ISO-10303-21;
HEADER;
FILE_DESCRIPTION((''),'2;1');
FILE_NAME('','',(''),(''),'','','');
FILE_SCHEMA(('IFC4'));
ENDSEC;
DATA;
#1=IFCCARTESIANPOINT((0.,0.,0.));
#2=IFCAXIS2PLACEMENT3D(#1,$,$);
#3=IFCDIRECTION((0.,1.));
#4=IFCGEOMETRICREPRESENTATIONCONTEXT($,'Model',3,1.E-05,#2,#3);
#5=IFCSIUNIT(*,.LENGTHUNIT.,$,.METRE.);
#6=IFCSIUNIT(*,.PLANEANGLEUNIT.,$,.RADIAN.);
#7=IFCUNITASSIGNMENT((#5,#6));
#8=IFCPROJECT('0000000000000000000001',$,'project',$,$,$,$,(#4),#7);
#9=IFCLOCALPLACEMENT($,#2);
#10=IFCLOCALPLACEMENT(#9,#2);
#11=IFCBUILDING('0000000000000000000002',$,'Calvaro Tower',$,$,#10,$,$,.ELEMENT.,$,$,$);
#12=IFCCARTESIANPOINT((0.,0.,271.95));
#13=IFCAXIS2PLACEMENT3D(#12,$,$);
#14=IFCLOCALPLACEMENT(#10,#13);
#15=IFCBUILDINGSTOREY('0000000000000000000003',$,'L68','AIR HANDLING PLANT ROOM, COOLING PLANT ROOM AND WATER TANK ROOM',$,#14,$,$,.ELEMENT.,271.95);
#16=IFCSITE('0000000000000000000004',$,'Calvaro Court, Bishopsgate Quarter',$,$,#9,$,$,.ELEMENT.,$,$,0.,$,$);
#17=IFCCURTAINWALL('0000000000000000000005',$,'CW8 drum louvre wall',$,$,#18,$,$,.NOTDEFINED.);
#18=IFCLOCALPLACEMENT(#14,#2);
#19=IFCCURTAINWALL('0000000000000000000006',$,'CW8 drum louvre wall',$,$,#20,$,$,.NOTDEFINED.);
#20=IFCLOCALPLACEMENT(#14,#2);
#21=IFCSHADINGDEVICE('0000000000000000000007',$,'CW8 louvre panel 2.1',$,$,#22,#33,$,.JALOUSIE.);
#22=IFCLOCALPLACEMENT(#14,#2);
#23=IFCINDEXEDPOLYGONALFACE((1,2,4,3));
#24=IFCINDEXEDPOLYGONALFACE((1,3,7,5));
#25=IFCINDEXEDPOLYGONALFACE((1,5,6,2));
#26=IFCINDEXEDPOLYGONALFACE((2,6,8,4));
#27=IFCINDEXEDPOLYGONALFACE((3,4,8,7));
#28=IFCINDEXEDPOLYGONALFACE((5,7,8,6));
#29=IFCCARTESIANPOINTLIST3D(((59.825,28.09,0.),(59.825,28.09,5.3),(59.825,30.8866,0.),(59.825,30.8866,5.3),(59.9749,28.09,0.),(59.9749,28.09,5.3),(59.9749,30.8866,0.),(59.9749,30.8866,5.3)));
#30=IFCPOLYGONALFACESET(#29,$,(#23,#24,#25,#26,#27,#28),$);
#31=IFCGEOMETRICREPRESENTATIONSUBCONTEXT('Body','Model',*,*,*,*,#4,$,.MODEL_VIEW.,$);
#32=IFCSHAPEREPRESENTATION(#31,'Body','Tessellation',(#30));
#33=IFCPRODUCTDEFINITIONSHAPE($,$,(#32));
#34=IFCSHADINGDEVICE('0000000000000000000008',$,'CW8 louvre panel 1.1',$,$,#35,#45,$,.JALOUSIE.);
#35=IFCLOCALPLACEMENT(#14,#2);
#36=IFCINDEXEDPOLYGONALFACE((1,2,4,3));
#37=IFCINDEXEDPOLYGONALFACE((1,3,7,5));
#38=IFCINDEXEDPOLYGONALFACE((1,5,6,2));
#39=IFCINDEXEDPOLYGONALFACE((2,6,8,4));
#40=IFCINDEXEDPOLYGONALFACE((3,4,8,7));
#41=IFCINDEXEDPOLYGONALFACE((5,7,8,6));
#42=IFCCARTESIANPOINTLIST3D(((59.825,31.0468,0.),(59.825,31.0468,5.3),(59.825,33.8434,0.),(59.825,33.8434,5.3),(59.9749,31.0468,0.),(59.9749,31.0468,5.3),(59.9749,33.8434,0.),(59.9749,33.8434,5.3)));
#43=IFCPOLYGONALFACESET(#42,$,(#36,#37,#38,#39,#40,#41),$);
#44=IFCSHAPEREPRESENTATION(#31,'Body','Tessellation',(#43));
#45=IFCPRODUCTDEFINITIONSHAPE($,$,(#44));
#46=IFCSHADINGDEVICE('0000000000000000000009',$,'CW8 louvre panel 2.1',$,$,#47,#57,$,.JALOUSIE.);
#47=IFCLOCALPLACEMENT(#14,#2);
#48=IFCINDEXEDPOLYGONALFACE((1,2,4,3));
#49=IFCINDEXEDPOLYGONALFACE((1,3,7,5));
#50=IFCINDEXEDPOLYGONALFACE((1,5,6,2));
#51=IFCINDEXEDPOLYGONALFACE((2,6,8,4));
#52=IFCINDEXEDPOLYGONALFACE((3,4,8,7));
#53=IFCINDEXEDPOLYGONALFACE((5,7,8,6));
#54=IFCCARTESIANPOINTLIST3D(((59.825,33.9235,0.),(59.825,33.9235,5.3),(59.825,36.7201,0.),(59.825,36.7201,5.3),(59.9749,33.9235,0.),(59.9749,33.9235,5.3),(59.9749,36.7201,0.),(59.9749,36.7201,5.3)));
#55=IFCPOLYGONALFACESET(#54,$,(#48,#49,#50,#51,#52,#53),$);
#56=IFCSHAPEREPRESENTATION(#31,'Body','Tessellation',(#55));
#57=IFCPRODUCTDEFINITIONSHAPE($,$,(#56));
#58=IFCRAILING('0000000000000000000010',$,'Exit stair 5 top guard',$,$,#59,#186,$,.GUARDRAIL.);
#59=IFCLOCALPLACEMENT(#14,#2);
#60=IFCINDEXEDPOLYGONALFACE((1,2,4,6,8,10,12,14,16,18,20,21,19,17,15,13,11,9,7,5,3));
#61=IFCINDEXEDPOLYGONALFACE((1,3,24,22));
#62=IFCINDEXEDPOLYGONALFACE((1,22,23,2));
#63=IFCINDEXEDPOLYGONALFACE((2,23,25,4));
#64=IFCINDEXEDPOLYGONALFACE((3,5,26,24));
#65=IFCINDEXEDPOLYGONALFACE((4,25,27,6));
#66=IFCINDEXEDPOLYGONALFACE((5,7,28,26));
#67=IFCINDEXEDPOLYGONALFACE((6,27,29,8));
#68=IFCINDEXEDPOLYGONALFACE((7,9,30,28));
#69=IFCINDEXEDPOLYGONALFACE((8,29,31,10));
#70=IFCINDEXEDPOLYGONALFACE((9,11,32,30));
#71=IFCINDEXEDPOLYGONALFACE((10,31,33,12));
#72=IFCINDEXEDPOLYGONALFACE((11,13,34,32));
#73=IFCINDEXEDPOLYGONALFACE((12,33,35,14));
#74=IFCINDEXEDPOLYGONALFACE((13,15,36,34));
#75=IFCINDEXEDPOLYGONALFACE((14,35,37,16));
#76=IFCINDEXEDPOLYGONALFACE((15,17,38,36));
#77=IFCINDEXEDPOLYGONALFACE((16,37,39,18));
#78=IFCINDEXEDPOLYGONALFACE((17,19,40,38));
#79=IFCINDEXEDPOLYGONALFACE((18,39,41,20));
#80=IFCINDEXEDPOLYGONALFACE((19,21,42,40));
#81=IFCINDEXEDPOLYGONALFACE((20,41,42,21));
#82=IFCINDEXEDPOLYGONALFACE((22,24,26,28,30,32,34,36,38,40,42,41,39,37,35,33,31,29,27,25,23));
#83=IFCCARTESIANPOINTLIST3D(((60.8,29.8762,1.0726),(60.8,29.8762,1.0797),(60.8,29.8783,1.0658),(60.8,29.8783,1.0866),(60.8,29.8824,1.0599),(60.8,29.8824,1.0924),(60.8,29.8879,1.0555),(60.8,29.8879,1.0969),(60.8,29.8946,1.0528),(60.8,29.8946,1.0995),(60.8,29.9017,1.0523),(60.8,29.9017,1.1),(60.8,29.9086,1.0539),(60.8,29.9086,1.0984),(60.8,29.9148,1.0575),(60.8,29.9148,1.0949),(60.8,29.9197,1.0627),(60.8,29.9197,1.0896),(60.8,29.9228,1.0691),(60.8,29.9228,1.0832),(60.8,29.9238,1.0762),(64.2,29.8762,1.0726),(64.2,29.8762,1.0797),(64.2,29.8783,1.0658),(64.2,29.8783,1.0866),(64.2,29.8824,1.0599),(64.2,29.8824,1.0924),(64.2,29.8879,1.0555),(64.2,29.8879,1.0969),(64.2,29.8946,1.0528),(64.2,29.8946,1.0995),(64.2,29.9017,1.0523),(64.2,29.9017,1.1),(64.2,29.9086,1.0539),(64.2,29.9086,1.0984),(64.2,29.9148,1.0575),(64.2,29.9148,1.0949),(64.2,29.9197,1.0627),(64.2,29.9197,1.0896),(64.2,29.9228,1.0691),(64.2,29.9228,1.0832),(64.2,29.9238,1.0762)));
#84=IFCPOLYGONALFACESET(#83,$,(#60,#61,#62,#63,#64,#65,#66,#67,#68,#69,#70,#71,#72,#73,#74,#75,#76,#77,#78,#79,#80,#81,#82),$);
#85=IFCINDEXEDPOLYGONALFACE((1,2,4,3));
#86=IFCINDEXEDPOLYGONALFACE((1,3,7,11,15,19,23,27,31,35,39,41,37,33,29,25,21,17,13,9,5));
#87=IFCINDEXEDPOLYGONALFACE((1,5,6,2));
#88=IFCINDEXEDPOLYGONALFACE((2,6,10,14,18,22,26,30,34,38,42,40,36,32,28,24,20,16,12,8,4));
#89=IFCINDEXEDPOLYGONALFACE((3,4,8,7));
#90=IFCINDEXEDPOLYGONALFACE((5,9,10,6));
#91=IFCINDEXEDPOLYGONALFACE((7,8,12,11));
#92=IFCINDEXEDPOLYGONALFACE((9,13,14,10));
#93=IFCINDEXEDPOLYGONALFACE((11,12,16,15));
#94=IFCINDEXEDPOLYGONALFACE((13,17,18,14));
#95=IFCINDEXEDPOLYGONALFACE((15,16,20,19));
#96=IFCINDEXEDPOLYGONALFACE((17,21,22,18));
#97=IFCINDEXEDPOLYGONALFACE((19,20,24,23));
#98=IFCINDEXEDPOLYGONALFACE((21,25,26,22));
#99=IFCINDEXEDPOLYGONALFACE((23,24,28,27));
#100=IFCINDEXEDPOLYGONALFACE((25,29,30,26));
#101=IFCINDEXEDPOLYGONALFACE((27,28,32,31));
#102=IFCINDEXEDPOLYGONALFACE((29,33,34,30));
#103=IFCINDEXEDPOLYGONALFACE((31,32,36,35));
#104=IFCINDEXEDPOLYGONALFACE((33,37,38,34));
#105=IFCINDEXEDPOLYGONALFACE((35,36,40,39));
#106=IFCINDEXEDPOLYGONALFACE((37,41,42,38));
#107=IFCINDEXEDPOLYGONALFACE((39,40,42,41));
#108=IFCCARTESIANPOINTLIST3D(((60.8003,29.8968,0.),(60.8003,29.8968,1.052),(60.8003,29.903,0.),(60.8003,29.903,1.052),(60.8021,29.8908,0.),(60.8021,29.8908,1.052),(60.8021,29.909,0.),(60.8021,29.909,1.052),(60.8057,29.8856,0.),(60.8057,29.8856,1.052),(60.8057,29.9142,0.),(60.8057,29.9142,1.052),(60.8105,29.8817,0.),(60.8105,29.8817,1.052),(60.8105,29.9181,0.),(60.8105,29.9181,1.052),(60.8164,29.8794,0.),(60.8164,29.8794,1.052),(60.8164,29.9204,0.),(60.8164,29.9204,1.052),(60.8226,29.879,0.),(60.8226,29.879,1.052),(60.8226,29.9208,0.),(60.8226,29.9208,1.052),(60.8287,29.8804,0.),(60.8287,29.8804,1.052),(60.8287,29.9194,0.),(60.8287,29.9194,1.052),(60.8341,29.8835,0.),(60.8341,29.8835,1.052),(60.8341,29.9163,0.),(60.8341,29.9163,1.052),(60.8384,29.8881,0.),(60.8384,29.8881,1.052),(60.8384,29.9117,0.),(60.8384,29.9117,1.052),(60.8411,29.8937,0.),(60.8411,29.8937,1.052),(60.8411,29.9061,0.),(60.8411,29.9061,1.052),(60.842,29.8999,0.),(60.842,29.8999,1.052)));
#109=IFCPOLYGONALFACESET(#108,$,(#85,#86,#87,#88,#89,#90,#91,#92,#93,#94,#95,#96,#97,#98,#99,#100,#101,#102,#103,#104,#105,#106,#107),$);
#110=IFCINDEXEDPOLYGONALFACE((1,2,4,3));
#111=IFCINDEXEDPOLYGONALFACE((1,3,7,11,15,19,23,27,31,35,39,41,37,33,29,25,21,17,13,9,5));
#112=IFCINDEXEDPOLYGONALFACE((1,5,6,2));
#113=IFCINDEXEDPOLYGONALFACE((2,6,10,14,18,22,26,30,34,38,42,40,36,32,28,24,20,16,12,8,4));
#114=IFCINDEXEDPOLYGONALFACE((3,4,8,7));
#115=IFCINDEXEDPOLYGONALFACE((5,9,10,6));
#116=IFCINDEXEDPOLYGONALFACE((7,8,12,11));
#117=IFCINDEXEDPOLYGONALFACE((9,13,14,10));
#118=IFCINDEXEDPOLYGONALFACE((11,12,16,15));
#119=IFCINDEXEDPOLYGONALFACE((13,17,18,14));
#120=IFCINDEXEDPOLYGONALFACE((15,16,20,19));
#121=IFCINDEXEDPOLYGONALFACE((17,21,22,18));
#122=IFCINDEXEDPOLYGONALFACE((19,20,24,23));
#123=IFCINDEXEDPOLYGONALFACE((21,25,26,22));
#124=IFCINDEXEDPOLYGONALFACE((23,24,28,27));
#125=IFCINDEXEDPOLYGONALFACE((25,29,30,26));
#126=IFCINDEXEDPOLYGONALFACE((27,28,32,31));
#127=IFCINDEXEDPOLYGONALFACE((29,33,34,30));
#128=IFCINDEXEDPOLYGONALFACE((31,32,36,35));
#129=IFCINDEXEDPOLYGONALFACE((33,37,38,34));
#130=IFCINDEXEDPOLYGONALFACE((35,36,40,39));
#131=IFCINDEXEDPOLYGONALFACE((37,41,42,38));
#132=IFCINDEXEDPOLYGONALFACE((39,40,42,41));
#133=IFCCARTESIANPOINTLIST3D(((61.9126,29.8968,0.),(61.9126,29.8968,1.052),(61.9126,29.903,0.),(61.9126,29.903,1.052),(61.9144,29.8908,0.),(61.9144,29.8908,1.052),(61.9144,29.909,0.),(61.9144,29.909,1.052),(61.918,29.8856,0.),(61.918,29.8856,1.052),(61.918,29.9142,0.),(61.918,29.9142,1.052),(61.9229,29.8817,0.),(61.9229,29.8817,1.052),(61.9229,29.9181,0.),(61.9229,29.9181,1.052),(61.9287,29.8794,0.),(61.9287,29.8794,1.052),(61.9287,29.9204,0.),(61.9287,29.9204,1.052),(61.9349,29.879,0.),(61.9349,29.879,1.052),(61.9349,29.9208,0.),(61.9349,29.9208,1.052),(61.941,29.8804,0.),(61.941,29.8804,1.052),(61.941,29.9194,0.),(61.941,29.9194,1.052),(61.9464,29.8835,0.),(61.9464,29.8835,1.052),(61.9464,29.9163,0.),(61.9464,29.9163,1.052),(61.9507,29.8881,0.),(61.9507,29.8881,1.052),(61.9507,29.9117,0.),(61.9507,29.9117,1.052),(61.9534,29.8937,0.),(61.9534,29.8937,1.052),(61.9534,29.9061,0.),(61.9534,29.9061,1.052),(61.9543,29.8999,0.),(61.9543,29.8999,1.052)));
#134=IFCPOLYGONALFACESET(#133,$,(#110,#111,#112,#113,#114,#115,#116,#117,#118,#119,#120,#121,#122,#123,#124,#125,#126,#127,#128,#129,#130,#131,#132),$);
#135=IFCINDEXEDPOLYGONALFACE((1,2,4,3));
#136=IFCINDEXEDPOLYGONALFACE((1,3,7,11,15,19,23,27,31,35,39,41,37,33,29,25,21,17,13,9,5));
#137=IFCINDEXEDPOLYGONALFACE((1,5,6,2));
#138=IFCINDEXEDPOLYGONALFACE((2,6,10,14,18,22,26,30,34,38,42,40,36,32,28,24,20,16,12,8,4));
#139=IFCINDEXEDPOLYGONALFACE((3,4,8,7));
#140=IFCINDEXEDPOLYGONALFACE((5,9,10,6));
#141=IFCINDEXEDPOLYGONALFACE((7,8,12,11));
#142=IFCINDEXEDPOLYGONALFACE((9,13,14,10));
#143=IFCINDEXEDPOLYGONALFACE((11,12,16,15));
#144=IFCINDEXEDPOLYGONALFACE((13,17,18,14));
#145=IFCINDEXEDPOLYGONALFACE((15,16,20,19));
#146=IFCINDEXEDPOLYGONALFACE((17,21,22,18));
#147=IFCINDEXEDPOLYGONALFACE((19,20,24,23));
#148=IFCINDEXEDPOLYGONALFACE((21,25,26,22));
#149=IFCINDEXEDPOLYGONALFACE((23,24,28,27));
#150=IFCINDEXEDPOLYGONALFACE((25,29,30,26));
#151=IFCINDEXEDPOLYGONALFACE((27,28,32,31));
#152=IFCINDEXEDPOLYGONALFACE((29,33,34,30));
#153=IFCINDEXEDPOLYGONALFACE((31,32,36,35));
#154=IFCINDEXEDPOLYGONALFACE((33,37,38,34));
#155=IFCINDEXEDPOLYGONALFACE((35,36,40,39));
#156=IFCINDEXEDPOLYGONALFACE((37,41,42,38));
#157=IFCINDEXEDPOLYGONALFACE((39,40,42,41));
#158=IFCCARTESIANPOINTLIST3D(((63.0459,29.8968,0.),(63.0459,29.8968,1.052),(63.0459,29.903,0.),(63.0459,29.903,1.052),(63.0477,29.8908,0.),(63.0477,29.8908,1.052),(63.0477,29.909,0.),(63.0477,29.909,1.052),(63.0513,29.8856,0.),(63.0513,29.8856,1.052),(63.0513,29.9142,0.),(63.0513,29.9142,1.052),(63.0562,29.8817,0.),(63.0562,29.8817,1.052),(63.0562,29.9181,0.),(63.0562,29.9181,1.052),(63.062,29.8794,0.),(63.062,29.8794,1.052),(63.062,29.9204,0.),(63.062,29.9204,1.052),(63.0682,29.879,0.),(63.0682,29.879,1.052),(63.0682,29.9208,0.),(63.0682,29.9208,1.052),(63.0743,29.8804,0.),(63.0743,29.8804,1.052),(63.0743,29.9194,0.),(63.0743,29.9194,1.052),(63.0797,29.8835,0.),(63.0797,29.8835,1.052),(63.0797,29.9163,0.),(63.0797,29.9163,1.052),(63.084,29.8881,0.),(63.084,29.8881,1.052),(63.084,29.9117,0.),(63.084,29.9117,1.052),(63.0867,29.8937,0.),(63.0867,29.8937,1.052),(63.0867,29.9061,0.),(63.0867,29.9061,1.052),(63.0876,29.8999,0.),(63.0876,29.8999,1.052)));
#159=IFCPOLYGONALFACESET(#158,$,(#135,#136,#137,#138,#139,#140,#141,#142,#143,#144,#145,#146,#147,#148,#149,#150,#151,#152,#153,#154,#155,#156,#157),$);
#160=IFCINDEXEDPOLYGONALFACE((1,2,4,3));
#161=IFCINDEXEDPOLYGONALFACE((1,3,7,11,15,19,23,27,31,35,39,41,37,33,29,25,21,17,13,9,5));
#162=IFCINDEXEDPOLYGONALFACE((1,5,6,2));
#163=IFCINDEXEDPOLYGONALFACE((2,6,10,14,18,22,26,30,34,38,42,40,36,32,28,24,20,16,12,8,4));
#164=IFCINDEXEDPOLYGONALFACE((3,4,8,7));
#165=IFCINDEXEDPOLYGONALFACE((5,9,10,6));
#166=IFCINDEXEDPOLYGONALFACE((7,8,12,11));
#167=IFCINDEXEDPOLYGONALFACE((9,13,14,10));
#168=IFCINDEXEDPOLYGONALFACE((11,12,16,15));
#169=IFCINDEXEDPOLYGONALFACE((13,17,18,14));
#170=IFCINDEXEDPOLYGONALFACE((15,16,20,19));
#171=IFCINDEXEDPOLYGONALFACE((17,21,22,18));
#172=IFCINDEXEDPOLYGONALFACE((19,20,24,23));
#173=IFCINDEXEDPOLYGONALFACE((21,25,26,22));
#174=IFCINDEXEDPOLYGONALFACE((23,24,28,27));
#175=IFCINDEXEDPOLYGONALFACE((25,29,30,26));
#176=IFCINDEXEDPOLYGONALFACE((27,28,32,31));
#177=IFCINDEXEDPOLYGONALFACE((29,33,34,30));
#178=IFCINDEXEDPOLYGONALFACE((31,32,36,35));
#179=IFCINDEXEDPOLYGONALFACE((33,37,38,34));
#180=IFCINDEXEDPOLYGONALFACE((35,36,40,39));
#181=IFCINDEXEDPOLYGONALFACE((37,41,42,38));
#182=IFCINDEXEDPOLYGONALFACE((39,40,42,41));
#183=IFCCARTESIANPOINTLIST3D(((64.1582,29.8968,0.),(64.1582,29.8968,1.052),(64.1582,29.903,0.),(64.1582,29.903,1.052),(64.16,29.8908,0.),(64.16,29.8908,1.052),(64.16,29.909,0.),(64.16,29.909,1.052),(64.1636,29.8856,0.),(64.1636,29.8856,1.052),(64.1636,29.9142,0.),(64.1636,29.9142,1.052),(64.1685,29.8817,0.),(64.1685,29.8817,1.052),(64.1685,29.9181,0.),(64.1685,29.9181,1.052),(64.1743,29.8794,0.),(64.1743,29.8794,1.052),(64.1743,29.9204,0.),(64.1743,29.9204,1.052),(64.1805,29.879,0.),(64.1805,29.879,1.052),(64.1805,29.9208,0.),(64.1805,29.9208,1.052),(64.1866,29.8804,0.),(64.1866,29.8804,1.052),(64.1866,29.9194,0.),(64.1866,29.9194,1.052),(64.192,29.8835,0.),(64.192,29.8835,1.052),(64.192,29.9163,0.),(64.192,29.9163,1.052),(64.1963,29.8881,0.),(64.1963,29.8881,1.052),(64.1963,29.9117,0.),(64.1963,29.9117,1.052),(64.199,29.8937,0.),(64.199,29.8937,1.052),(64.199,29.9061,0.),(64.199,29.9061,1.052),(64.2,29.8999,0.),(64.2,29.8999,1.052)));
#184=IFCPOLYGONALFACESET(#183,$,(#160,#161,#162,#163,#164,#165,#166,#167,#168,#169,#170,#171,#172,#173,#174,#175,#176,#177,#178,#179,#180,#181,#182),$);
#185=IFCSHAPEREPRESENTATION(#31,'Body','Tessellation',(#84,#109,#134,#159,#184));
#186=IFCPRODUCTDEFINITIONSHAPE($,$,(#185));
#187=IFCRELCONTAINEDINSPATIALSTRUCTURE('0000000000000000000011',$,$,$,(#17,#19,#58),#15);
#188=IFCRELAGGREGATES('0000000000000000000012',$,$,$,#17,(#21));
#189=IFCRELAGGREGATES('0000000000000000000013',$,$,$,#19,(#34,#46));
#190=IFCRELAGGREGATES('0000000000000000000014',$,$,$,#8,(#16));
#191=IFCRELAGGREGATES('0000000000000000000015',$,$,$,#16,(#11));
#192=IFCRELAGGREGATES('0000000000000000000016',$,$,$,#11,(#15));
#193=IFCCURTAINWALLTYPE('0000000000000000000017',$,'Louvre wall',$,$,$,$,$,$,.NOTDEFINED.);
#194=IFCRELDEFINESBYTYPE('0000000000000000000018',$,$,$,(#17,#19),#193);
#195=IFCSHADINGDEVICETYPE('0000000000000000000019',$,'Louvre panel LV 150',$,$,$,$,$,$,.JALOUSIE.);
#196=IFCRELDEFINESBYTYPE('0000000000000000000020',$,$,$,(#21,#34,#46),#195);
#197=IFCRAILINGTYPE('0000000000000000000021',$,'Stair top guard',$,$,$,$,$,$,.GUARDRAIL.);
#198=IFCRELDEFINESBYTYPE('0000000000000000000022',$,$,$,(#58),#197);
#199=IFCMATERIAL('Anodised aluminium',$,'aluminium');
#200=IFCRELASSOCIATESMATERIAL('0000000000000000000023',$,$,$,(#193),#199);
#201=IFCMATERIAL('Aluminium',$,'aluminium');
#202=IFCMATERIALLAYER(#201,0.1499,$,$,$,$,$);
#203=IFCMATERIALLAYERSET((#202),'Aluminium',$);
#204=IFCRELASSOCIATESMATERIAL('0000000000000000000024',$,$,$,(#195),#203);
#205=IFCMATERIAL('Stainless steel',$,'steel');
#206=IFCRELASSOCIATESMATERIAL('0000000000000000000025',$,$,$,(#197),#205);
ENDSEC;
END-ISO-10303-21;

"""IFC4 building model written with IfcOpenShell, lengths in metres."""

from ifc_helpers import new_model, si_unit, direction, frame, origin, origin_2d, place, context, subcontext, project, spatial, rectangle, circle, extrude, material, layer, layer_set, type_object, element, aggregate, save


model = new_model("IFC4")

# Units and contexts
model_context = context("Model", 3, precision=1e-05, world=origin(), true_north=direction((0.0, 1.0)))
body_context = subcontext(model_context, "Body", "Model", "MODEL_VIEW")
ifc_project = project(units=[si_unit("LENGTHUNIT", "METRE"), si_unit("PLANEANGLEUNIT", "RADIAN")], contexts=[model_context])

# Site, building, storey
site_placement = place(None, origin())
site = spatial("IfcSite", under=ifc_project, at=site_placement, Name="Calvaro Court, Bishopsgate Quarter", CompositionType="ELEMENT", RefElevation=0.0)
building_placement = place(site_placement, origin())
building = spatial("IfcBuilding", under=site, at=building_placement, Name="Calvaro Tower", CompositionType="ELEMENT")
storey_placement = place(building_placement, frame((0.0, 0.0, 271.95)))
storey = spatial("IfcBuildingStorey", under=building, at=storey_placement, Name="L68", Description="AIR HANDLING PLANT ROOM, COOLING PLANT ROOM AND WATER TANK ROOM", CompositionType="ELEMENT", Elevation=271.95)

# Curtain wall
ifc_material_1 = material(Name="Anodised aluminium", Category="aluminium")
curtain_wall_type = type_object("IfcCurtainWallType", Name="Louvre wall", PredefinedType="NOTDEFINED", material=ifc_material_1)
curtain_wall_1_placement = place(storey_placement, origin())
curtain_wall_1 = element("IfcCurtainWall", 1, at=curtain_wall_1_placement, inside=storey, type_object=curtain_wall_type, Name="CW8 drum louvre wall", PredefinedType="NOTDEFINED")

# Curtain wall
curtain_wall_2_placement = place(storey_placement, origin())
curtain_wall_2 = element("IfcCurtainWall", 2, at=curtain_wall_2_placement, inside=storey, type_object=curtain_wall_type, Name="CW8 drum louvre wall", PredefinedType="NOTDEFINED")

# Shading devices
ifc_material_2 = material(Name="Aluminium", Category="aluminium")
ifc_layer_1 = layer(ifc_material_2, 0.1499)
ifc_layer_set_1 = layer_set([ifc_layer_1], Name="Aluminium")
shading_device_type = type_object("IfcShadingDeviceType", Name="Louvre panel LV 150", PredefinedType="JALOUSIE", material=ifc_layer_set_1)
shading_device_1_placement = place(storey_placement, frame((59.8999, 29.4883, 0.0), z_axis=(0.0, 0.0, 1.0), x_axis=(0.0, 1.0, 0.0)))
shading_device_1 = element("IfcShadingDevice", 3, at=shading_device_1_placement, type_object=shading_device_type, Name="CW8 louvre panel 2.1", PredefinedType="JALOUSIE", context=body_context, shape_type="SweptSolid", body=[
    extrude(rectangle(XDim=2.7966, YDim=0.1499, at=origin_2d()), origin(), (0.0, 0.0, 1.0), 5.3),
])
aggregate(curtain_wall_1, [shading_device_1])
shading_device_2_placement = place(storey_placement, frame((59.8999, 32.4451, 0.0), z_axis=(0.0, 0.0, 1.0), x_axis=(0.0, 1.0, 0.0)))
shading_device_2 = element("IfcShadingDevice", 4, at=shading_device_2_placement, type_object=shading_device_type, Name="CW8 louvre panel 1.1", PredefinedType="JALOUSIE", context=body_context, shape_type="SweptSolid", body=[
    extrude(rectangle(XDim=2.7966, YDim=0.1499, at=origin_2d()), origin(), (0.0, 0.0, 1.0), 5.3),
])
shading_device_3_placement = place(storey_placement, frame((59.8999, 35.3218, 0.0), z_axis=(0.0, 0.0, 1.0), x_axis=(0.0, 1.0, 0.0)))
shading_device_3 = element("IfcShadingDevice", 5, at=shading_device_3_placement, type_object=shading_device_type, Name="CW8 louvre panel 2.1", PredefinedType="JALOUSIE", context=body_context, shape_type="SweptSolid", body=[
    extrude(rectangle(XDim=2.7966, YDim=0.1499, at=origin_2d()), origin(), (0.0, 0.0, 1.0), 5.3),
])
aggregate(curtain_wall_2, [shading_device_2, shading_device_3])

# Railing
ifc_material_3 = material(Name="Stainless steel", Category="steel")
railing_type_1 = type_object("IfcRailingType", Name="Stair top guard", PredefinedType="GUARDRAIL", material=ifc_material_3)
railing_1_placement = place(storey_placement, frame((60.8, 29.8999, 0.0)))
element("IfcRailing", 6, at=railing_1_placement, inside=storey, type_object=railing_type_1, Name="Exit stair 5 top guard", PredefinedType="GUARDRAIL", context=body_context, shape_type="SweptSolid", body=[
    extrude(circle(Radius=0.0239, at=origin_2d()), frame((0.0, 0.0, 1.0762), z_axis=(1.0, 0.0, 0.0), x_axis=(0.0, 1.0, 0.0)), (0.0, 0.0, 1.0), 3.3999),
    extrude(circle(Radius=0.021, at=origin_2d()), frame((0.021, 0.0, 0.0)), (0.0, 0.0, 1.0), 1.052),
    extrude(circle(Radius=0.021, at=origin_2d()), frame((1.1333, 0.0, 0.0)), (0.0, 0.0, 1.0), 1.052),
    extrude(circle(Radius=0.021, at=origin_2d()), frame((2.2666, 0.0, 0.0)), (0.0, 0.0, 1.0), 1.052),
    extrude(circle(Radius=0.021, at=origin_2d()), frame((3.3789, 0.0, 0.0)), (0.0, 0.0, 1.0), 1.052),
])

save(model, "model.ifc")
